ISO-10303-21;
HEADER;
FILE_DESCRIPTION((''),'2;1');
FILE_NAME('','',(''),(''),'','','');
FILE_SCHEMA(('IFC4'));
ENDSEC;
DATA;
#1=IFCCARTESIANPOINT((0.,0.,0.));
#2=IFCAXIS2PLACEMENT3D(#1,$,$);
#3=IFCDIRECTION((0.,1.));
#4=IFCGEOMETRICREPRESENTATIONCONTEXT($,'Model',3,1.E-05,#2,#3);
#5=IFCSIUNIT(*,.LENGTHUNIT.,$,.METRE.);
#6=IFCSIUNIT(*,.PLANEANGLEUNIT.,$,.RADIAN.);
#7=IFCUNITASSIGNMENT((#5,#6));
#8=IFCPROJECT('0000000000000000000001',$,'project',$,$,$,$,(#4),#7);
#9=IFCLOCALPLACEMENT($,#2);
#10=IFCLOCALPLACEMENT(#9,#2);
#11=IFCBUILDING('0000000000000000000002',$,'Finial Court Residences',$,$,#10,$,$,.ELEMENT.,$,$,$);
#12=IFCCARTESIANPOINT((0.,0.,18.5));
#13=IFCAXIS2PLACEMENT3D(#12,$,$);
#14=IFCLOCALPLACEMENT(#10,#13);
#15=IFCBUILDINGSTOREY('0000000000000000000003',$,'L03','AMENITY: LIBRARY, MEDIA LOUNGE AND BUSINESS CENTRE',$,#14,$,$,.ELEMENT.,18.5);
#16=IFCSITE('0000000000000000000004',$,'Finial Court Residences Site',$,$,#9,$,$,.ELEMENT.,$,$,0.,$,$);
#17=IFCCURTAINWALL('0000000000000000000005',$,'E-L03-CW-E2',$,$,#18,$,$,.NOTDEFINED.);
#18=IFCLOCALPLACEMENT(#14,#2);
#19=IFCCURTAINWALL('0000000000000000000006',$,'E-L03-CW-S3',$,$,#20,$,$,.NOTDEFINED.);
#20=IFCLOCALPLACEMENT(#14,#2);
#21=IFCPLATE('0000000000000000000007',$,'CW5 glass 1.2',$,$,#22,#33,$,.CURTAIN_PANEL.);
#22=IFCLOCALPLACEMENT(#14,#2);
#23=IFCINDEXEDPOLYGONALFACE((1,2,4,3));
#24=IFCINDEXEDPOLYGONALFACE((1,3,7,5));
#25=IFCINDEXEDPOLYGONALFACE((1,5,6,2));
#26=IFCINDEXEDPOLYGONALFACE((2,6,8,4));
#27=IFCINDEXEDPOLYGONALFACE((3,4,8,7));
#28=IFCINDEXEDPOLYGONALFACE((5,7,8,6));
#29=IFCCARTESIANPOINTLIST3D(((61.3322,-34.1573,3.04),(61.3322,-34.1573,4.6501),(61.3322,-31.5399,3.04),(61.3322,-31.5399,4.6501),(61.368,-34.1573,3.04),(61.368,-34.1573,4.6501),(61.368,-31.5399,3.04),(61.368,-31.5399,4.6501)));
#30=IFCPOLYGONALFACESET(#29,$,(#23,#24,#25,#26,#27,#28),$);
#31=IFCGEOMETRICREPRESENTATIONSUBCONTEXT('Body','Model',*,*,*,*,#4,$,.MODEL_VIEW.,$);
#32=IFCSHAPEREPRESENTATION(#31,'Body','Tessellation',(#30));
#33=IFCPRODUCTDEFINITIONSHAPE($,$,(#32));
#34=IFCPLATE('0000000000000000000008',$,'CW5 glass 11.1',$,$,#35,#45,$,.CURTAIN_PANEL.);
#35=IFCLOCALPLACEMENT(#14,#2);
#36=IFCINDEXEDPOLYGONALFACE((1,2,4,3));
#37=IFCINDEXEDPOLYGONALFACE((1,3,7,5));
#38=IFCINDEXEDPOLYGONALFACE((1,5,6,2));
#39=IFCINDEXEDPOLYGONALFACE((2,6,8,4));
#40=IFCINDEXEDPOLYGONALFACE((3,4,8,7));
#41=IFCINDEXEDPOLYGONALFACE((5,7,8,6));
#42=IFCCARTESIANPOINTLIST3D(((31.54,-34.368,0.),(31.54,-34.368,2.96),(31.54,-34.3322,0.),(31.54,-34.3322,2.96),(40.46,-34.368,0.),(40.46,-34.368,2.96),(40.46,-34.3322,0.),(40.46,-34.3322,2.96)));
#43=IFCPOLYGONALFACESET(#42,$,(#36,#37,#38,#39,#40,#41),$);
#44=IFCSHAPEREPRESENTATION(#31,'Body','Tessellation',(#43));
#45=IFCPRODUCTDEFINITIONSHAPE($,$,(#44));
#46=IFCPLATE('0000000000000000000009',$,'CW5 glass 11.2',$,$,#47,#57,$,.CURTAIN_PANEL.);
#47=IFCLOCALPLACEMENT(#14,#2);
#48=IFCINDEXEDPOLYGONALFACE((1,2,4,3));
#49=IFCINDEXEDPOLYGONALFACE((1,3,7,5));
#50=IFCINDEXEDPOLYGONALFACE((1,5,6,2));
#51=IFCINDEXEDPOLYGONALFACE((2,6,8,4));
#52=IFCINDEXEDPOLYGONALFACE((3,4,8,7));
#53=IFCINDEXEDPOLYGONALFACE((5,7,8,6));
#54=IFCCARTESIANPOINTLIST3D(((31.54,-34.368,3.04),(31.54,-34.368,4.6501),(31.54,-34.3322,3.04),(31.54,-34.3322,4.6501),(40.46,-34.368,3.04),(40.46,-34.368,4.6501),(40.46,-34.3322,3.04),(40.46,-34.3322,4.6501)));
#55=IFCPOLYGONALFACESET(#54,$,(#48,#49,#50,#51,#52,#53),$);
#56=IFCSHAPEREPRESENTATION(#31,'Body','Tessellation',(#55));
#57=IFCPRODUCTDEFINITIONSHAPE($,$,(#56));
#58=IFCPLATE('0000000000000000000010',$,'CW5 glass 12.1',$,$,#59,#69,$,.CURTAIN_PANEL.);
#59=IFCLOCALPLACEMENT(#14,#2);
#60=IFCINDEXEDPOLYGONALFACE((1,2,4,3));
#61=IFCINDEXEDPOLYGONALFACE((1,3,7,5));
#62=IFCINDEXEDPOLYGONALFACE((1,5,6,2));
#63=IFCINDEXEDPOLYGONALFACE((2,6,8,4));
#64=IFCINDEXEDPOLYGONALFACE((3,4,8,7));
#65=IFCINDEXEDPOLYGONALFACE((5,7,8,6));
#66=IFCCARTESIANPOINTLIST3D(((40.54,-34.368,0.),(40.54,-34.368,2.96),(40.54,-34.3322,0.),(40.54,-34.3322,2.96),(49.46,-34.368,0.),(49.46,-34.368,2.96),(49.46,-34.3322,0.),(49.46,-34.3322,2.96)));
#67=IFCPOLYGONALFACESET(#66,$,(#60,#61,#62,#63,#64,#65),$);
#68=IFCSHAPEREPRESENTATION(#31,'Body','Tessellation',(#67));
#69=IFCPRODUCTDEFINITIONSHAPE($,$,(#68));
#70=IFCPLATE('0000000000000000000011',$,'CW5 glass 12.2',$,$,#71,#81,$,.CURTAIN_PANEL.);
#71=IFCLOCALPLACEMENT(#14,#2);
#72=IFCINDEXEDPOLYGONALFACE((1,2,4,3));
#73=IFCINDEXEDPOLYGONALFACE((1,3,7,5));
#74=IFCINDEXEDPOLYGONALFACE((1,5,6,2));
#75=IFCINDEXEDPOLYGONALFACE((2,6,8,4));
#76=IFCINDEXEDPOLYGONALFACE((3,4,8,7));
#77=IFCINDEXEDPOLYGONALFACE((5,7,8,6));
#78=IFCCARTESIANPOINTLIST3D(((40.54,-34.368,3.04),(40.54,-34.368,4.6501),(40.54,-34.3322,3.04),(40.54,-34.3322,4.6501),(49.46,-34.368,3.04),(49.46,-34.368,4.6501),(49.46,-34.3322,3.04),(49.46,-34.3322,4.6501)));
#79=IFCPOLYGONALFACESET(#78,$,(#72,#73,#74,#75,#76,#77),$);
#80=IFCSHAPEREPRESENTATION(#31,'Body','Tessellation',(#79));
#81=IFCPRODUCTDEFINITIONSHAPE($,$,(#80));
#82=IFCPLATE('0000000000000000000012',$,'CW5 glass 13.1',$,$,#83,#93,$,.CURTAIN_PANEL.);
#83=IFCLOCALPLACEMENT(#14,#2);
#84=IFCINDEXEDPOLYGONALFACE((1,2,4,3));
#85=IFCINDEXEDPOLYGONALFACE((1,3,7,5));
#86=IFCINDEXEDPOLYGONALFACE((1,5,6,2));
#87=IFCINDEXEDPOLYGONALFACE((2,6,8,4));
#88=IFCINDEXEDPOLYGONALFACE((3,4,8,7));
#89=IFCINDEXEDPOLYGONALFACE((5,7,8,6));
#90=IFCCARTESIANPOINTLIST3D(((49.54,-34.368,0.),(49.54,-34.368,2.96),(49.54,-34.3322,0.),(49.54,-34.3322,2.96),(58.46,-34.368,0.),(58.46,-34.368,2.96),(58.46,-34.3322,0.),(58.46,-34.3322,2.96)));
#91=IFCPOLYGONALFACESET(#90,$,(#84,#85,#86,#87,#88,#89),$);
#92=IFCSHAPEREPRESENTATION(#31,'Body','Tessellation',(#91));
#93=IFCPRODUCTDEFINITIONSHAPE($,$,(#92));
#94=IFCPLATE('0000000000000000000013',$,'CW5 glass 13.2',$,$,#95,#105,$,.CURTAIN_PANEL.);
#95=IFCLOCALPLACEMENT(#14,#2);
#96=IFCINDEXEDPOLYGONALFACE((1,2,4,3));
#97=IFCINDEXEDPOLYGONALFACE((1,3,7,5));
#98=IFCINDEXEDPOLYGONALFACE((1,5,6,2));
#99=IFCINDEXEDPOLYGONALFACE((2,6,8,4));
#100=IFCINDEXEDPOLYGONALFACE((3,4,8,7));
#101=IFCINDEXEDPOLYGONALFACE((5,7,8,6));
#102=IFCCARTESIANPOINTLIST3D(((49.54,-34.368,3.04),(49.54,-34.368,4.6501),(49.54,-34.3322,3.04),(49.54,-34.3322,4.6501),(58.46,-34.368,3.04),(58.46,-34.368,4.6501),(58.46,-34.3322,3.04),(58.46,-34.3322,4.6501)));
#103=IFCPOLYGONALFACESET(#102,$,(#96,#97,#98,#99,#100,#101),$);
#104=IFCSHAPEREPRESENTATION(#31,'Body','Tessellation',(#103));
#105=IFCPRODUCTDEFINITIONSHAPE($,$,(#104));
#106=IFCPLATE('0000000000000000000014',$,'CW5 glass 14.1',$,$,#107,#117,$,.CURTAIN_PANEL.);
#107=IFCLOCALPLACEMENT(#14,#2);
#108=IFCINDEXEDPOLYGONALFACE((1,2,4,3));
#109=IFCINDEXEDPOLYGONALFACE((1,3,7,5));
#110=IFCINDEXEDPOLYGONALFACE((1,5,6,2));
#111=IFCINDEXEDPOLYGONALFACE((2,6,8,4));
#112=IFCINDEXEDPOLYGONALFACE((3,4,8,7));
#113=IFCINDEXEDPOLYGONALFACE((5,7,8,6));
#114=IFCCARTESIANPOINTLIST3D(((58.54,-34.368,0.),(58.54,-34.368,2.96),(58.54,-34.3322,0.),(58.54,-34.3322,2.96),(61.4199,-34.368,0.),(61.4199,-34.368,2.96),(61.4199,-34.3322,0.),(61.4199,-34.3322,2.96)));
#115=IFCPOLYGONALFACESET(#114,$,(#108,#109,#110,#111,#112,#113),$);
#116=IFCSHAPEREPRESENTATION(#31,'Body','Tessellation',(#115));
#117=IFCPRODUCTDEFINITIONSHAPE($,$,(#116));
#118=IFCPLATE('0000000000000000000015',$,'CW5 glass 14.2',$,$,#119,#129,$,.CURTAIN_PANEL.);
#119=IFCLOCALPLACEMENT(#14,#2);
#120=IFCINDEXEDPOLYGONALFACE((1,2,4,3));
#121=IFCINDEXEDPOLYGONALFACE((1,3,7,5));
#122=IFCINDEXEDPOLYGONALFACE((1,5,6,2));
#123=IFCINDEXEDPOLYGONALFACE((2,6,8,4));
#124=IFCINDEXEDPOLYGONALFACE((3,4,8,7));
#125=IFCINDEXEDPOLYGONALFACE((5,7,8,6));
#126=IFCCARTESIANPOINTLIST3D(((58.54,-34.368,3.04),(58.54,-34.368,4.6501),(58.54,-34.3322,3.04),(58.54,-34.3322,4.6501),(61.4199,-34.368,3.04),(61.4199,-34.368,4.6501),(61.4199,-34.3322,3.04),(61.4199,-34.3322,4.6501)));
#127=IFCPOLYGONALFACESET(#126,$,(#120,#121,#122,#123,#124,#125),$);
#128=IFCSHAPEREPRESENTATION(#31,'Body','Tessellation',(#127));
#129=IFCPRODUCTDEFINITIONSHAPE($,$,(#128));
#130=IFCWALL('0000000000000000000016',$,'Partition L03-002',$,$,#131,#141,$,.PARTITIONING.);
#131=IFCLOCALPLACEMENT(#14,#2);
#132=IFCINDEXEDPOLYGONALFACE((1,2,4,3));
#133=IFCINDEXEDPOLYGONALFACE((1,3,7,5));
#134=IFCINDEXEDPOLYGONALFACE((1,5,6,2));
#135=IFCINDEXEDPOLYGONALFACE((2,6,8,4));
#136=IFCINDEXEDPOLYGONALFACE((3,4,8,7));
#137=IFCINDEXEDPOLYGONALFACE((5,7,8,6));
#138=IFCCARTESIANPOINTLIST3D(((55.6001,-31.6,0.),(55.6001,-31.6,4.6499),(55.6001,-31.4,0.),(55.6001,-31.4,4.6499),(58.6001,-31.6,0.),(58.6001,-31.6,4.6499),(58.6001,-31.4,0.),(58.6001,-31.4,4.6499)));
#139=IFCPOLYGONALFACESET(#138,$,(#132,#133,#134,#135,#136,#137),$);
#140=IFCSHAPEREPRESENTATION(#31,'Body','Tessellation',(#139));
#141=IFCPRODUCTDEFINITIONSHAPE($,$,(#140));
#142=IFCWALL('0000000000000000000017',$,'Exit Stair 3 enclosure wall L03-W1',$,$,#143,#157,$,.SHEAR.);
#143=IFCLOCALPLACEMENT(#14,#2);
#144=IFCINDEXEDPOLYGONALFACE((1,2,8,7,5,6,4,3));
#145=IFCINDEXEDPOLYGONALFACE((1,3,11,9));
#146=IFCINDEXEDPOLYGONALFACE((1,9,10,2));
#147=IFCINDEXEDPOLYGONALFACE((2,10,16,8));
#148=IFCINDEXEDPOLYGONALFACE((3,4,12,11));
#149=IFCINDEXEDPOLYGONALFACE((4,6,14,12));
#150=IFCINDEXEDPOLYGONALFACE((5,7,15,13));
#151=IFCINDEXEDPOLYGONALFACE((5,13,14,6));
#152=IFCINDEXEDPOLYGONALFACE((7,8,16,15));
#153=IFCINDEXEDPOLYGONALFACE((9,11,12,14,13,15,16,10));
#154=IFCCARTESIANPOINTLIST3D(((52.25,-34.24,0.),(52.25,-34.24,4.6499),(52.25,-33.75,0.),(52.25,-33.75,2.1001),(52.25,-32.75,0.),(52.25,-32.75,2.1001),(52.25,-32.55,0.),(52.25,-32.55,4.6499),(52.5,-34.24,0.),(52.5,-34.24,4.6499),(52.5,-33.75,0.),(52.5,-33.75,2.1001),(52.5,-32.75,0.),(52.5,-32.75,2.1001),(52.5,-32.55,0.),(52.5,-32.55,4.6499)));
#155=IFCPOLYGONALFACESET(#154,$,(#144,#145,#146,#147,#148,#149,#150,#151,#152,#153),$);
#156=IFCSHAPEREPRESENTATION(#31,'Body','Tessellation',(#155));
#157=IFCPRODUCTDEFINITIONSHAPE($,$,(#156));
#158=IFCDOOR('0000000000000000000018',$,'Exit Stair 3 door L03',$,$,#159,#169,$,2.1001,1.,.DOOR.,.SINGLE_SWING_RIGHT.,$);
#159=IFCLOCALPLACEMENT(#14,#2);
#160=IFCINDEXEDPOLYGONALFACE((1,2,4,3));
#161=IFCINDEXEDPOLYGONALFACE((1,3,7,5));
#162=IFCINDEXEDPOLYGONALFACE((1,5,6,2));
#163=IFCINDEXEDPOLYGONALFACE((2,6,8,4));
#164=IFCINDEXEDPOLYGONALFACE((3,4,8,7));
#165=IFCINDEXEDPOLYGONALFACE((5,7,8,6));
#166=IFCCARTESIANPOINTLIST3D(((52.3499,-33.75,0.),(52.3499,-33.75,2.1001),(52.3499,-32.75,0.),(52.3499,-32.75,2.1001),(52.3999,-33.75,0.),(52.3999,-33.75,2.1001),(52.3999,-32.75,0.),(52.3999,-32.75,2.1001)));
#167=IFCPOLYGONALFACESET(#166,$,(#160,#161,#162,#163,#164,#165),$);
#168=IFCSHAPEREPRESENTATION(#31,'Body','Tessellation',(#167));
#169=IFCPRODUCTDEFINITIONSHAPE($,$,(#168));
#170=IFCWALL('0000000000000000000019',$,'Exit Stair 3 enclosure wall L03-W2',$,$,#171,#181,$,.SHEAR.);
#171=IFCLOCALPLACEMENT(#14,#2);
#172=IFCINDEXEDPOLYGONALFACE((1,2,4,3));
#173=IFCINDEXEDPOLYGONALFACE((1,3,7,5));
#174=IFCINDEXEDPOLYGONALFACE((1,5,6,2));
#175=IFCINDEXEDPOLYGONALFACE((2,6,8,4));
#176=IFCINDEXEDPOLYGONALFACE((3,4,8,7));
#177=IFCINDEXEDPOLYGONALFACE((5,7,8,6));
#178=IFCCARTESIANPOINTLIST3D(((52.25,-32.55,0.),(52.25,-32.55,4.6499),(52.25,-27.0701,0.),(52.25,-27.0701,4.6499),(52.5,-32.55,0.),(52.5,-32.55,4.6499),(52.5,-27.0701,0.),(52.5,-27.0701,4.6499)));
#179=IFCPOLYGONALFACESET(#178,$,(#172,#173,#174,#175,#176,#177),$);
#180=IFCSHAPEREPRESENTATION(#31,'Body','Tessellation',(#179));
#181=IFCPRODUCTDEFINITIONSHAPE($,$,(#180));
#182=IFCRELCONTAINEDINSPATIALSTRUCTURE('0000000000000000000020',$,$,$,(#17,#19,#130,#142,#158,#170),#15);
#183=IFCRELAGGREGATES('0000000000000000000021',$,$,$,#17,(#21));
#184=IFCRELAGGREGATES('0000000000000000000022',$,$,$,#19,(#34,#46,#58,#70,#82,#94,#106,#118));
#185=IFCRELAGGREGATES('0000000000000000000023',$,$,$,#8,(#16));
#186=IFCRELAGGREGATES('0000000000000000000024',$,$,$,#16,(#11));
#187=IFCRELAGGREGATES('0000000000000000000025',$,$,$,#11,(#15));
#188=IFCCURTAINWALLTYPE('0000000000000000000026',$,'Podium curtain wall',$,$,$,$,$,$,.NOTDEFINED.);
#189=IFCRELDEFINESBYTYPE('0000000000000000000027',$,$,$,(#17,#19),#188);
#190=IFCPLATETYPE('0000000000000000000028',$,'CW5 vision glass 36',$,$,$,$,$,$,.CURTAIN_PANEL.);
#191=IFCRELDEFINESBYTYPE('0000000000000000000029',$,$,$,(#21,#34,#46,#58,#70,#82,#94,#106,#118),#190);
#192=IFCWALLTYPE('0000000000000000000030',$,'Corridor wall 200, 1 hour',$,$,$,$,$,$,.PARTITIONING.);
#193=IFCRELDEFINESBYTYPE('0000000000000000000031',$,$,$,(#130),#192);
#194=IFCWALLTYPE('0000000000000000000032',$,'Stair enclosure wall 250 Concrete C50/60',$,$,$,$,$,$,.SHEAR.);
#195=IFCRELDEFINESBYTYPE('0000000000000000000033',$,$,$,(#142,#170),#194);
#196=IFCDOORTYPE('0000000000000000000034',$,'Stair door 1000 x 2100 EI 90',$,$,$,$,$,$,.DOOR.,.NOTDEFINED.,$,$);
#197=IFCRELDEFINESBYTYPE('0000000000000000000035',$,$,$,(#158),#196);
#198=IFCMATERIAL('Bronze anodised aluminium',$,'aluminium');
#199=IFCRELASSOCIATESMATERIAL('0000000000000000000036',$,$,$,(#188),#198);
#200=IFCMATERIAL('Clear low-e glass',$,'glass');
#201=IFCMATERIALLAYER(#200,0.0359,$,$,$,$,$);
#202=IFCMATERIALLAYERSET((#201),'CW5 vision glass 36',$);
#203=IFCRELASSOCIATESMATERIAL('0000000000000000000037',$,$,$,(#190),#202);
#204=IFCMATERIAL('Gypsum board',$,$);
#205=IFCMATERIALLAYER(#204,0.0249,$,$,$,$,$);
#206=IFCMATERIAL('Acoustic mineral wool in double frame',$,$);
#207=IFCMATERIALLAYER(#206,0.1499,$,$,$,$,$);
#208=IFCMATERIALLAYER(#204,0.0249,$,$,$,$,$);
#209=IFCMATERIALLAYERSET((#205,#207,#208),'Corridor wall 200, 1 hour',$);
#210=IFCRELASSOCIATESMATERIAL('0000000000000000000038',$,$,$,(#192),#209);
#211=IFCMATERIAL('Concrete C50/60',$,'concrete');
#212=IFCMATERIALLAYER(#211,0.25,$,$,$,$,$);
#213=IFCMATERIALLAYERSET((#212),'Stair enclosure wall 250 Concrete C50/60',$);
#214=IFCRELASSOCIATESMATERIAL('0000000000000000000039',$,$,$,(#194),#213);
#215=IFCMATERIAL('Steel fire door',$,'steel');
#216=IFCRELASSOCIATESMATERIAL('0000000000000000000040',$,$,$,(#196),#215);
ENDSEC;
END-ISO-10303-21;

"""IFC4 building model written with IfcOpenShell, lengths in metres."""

from ifc_helpers import new_model, si_unit, direction, frame, frame_2d, origin, origin_2d, place, context, subcontext, project, spatial, rectangle, extrude, material, layer, layer_set, type_object, element, fill, aggregate, save


model = new_model("IFC4")

# Units and contexts
model_context = context("Model", 3, precision=1e-05, world=origin(), true_north=direction((0.0, 1.0)))
body_context = subcontext(model_context, "Body", "Model", "MODEL_VIEW")
ifc_project = project(units=[si_unit("LENGTHUNIT", "METRE"), si_unit("PLANEANGLEUNIT", "RADIAN")], contexts=[model_context])

# Site, building, storey
site_placement = place(None, origin())
site = spatial("IfcSite", under=ifc_project, at=site_placement, Name="Finial Court Residences Site", CompositionType="ELEMENT", RefElevation=0.0)
building_placement = place(site_placement, origin())
building = spatial("IfcBuilding", under=site, at=building_placement, Name="Finial Court Residences", CompositionType="ELEMENT")
storey_placement = place(building_placement, frame((0.0, 0.0, 18.5)))
storey = spatial("IfcBuildingStorey", under=building, at=storey_placement, Name="L03", Description="AMENITY: LIBRARY, MEDIA LOUNGE AND BUSINESS CENTRE", CompositionType="ELEMENT", Elevation=18.5)

# Shared definitions
ifc_material_1 = material(Name="Concrete C50/60", Category="concrete")

# Curtain walls
ifc_material_2 = material(Name="Bronze anodised aluminium", Category="aluminium")
curtain_wall_type = type_object("IfcCurtainWallType", Name="Podium curtain wall", PredefinedType="NOTDEFINED", material=ifc_material_2)
curtain_wall_1_placement = place(storey_placement, origin())
curtain_wall_1 = element("IfcCurtainWall", 1, at=curtain_wall_1_placement, inside=storey, type_object=curtain_wall_type, Name="E-L03-CW-E2", PredefinedType="NOTDEFINED")
curtain_wall_2_placement = place(storey_placement, origin())
curtain_wall_2 = element("IfcCurtainWall", 2, at=curtain_wall_2_placement, inside=storey, type_object=curtain_wall_type, Name="E-L03-CW-S3", PredefinedType="NOTDEFINED")

# Plates
ifc_material_3 = material(Name="Clear low-e glass", Category="glass")
ifc_layer_1 = layer(ifc_material_3, 0.0359)
ifc_layer_set_1 = layer_set([ifc_layer_1], Name="CW5 vision glass 36")
plate_type = type_object("IfcPlateType", Name="CW5 vision glass 36", PredefinedType="CURTAIN_PANEL", material=ifc_layer_set_1)
plate_1_placement = place(storey_placement, frame((61.3501, -32.8486, 3.04), z_axis=(0.0, 0.0, 1.0), x_axis=(0.0, 1.0, 0.0)))
plate_1 = element("IfcPlate", 3, at=plate_1_placement, type_object=plate_type, Name="CW5 glass 1.2", PredefinedType="CURTAIN_PANEL", context=body_context, shape_type="SweptSolid", body=[
    extrude(rectangle(XDim=2.6174, YDim=0.0359, at=origin_2d()), origin(), (0.0, 0.0, 1.0), 1.6101),
])
aggregate(curtain_wall_1, [plate_1])
plate_2_placement = place(storey_placement, frame((36.0, -34.3501, 0.0), z_axis=(0.0, 0.0, 1.0), x_axis=(1.0, 0.0, 0.0)))
plate_2 = element("IfcPlate", 4, at=plate_2_placement, type_object=plate_type, Name="CW5 glass 11.1", PredefinedType="CURTAIN_PANEL", context=body_context, shape_type="SweptSolid", body=[
    extrude(rectangle(XDim=8.9199, YDim=0.0359, at=origin_2d()), origin(), (0.0, 0.0, 1.0), 2.96),
])
plate_3_placement = place(storey_placement, frame((36.0, -34.3501, 3.04), z_axis=(0.0, 0.0, 1.0), x_axis=(1.0, 0.0, 0.0)))
plate_3 = element("IfcPlate", 5, at=plate_3_placement, type_object=plate_type, Name="CW5 glass 11.2", PredefinedType="CURTAIN_PANEL", context=body_context, shape_type="SweptSolid", body=[
    extrude(rectangle(XDim=8.9199, YDim=0.0359, at=origin_2d()), origin(), (0.0, 0.0, 1.0), 1.6101),
])
plate_4_placement = place(storey_placement, frame((45.0, -34.3501, 0.0), z_axis=(0.0, 0.0, 1.0), x_axis=(1.0, 0.0, 0.0)))
plate_4 = element("IfcPlate", 6, at=plate_4_placement, type_object=plate_type, Name="CW5 glass 12.1", PredefinedType="CURTAIN_PANEL", context=body_context, shape_type="SweptSolid", body=[
    extrude(rectangle(XDim=8.9199, YDim=0.0359, at=origin_2d()), origin(), (0.0, 0.0, 1.0), 2.96),
])
plate_5_placement = place(storey_placement, frame((45.0, -34.3501, 3.04), z_axis=(0.0, 0.0, 1.0), x_axis=(1.0, 0.0, 0.0)))
plate_5 = element("IfcPlate", 7, at=plate_5_placement, type_object=plate_type, Name="CW5 glass 12.2", PredefinedType="CURTAIN_PANEL", context=body_context, shape_type="SweptSolid", body=[
    extrude(rectangle(XDim=8.9199, YDim=0.0359, at=origin_2d()), origin(), (0.0, 0.0, 1.0), 1.6101),
])
plate_6_placement = place(storey_placement, frame((54.0, -34.3501, 0.0), z_axis=(0.0, 0.0, 1.0), x_axis=(1.0, 0.0, 0.0)))
plate_6 = element("IfcPlate", 8, at=plate_6_placement, type_object=plate_type, Name="CW5 glass 13.1", PredefinedType="CURTAIN_PANEL", context=body_context, shape_type="SweptSolid", body=[
    extrude(rectangle(XDim=8.9199, YDim=0.0359, at=origin_2d()), origin(), (0.0, 0.0, 1.0), 2.96),
])
plate_7_placement = place(storey_placement, frame((54.0, -34.3501, 3.04), z_axis=(0.0, 0.0, 1.0), x_axis=(1.0, 0.0, 0.0)))
plate_7 = element("IfcPlate", 9, at=plate_7_placement, type_object=plate_type, Name="CW5 glass 13.2", PredefinedType="CURTAIN_PANEL", context=body_context, shape_type="SweptSolid", body=[
    extrude(rectangle(XDim=8.9199, YDim=0.0359, at=origin_2d()), origin(), (0.0, 0.0, 1.0), 1.6101),
])
plate_8_placement = place(storey_placement, frame((59.98, -34.3501, 0.0), z_axis=(0.0, 0.0, 1.0), x_axis=(1.0, 0.0, 0.0)))
plate_8 = element("IfcPlate", 10, at=plate_8_placement, type_object=plate_type, Name="CW5 glass 14.1", PredefinedType="CURTAIN_PANEL", context=body_context, shape_type="SweptSolid", body=[
    extrude(rectangle(XDim=2.8799, YDim=0.0359, at=origin_2d()), origin(), (0.0, 0.0, 1.0), 2.96),
])
plate_9_placement = place(storey_placement, frame((59.98, -34.3501, 3.04), z_axis=(0.0, 0.0, 1.0), x_axis=(1.0, 0.0, 0.0)))
plate_9 = element("IfcPlate", 11, at=plate_9_placement, type_object=plate_type, Name="CW5 glass 14.2", PredefinedType="CURTAIN_PANEL", context=body_context, shape_type="SweptSolid", body=[
    extrude(rectangle(XDim=2.8799, YDim=0.0359, at=origin_2d()), origin(), (0.0, 0.0, 1.0), 1.6101),
])
aggregate(curtain_wall_2, [plate_2, plate_3, plate_4, plate_5, plate_6, plate_7, plate_8, plate_9])

# Wall
ifc_material_4 = material(Name="Gypsum board")
ifc_layer_2 = layer(ifc_material_4, 0.0249)
ifc_material_5 = material(Name="Acoustic mineral wool in double frame")
ifc_layer_3 = layer(ifc_material_5, 0.1499)
ifc_layer_4 = layer(ifc_material_4, 0.0249)
ifc_layer_set_2 = layer_set([ifc_layer_2, ifc_layer_3, ifc_layer_4], Name="Corridor wall 200, 1 hour")
wall_type_1 = type_object("IfcWallType", Name="Corridor wall 200, 1 hour", PredefinedType="PARTITIONING", material=ifc_layer_set_2)
wall_1_placement = place(storey_placement, frame((55.6001, -31.5, 0.0), z_axis=(0.0, 0.0, 1.0), x_axis=(1.0, 0.0, 0.0)))
element("IfcWall", 12, at=wall_1_placement, inside=storey, type_object=wall_type_1, Name="Partition L03-002", PredefinedType="PARTITIONING", context=body_context, shape_type="SweptSolid", body=[
    extrude(rectangle(XDim=3.0, YDim=0.2, at=frame_2d((1.5, 0.0))), origin(), (0.0, 0.0, 1.0), 4.6499),
])

# Wall, opening, door
ifc_layer_5 = layer(ifc_material_1, 0.25)
ifc_layer_set_3 = layer_set([ifc_layer_5], Name="Stair enclosure wall 250 Concrete C50/60")
wall_type_2 = type_object("IfcWallType", Name="Stair enclosure wall 250 Concrete C50/60", PredefinedType="SHEAR", material=ifc_layer_set_3)
wall_2_placement = place(storey_placement, frame((52.375, -32.55, 0.0), z_axis=(0.0, 0.0, 1.0), x_axis=(0.0, -1.0, 0.0)))
wall_2 = element("IfcWall", 13, at=wall_2_placement, inside=storey, type_object=wall_type_2, Name="Exit Stair 3 enclosure wall L03-W1", PredefinedType="SHEAR", context=body_context, shape_type="SweptSolid", body=[
    extrude(rectangle(XDim=1.6899, YDim=0.25, at=frame_2d((0.845, 0.0))), origin(), (0.0, 0.0, 1.0), 4.6499),
])
opening_1_placement = place(wall_2_placement, frame((0.2, 0.0, 0.0)))
opening_1 = element("IfcOpeningElement", 14, at=opening_1_placement, cuts=wall_2, PredefinedType="OPENING", context=body_context, shape_type="SweptSolid", body=[
    extrude(rectangle(XDim=1.0, YDim=2.1001, at=frame_2d((0.5, 1.05))), frame((0.0, 0.135, 0.0), z_axis=(0.0, -1.0, 0.0), x_axis=(1.0, 0.0, 0.0)), (0.0, 0.0, 1.0), 0.27),
])
ifc_material_6 = material(Name="Steel fire door", Category="steel")
door_type = type_object("IfcDoorType", Name="Stair door 1000 x 2100 EI 90", OperationType="NOTDEFINED", PredefinedType="DOOR", material=ifc_material_6)
door_1_placement = place(opening_1_placement, origin())
door_1 = element("IfcDoor", 15, at=door_1_placement, inside=storey, type_object=door_type, Name="Exit Stair 3 door L03", OperationType="SINGLE_SWING_RIGHT", OverallHeight=2.1001, OverallWidth=1.0, PredefinedType="DOOR", context=body_context, shape_type="SweptSolid", body=[
    extrude(rectangle(XDim=1.0, YDim=2.1001, at=frame_2d((0.5, 1.05))), frame((0.0, 0.0249, 0.0), z_axis=(0.0, -1.0, 0.0), x_axis=(1.0, 0.0, 0.0)), (0.0, 0.0, 1.0), 0.05),
])
fill(opening_1, door_1)

# Wall
wall_3_placement = place(storey_placement, frame((52.375, -32.55, 0.0), z_axis=(0.0, 0.0, 1.0), x_axis=(0.0, 1.0, 0.0)))
element("IfcWall", 16, at=wall_3_placement, inside=storey, type_object=wall_type_2, Name="Exit Stair 3 enclosure wall L03-W2", PredefinedType="SHEAR", context=body_context, shape_type="SweptSolid", body=[
    extrude(rectangle(XDim=5.48, YDim=0.25, at=frame_2d((2.74, 0.0))), origin(), (0.0, 0.0, 1.0), 4.6499),
])

save(model, "model.ifc")
